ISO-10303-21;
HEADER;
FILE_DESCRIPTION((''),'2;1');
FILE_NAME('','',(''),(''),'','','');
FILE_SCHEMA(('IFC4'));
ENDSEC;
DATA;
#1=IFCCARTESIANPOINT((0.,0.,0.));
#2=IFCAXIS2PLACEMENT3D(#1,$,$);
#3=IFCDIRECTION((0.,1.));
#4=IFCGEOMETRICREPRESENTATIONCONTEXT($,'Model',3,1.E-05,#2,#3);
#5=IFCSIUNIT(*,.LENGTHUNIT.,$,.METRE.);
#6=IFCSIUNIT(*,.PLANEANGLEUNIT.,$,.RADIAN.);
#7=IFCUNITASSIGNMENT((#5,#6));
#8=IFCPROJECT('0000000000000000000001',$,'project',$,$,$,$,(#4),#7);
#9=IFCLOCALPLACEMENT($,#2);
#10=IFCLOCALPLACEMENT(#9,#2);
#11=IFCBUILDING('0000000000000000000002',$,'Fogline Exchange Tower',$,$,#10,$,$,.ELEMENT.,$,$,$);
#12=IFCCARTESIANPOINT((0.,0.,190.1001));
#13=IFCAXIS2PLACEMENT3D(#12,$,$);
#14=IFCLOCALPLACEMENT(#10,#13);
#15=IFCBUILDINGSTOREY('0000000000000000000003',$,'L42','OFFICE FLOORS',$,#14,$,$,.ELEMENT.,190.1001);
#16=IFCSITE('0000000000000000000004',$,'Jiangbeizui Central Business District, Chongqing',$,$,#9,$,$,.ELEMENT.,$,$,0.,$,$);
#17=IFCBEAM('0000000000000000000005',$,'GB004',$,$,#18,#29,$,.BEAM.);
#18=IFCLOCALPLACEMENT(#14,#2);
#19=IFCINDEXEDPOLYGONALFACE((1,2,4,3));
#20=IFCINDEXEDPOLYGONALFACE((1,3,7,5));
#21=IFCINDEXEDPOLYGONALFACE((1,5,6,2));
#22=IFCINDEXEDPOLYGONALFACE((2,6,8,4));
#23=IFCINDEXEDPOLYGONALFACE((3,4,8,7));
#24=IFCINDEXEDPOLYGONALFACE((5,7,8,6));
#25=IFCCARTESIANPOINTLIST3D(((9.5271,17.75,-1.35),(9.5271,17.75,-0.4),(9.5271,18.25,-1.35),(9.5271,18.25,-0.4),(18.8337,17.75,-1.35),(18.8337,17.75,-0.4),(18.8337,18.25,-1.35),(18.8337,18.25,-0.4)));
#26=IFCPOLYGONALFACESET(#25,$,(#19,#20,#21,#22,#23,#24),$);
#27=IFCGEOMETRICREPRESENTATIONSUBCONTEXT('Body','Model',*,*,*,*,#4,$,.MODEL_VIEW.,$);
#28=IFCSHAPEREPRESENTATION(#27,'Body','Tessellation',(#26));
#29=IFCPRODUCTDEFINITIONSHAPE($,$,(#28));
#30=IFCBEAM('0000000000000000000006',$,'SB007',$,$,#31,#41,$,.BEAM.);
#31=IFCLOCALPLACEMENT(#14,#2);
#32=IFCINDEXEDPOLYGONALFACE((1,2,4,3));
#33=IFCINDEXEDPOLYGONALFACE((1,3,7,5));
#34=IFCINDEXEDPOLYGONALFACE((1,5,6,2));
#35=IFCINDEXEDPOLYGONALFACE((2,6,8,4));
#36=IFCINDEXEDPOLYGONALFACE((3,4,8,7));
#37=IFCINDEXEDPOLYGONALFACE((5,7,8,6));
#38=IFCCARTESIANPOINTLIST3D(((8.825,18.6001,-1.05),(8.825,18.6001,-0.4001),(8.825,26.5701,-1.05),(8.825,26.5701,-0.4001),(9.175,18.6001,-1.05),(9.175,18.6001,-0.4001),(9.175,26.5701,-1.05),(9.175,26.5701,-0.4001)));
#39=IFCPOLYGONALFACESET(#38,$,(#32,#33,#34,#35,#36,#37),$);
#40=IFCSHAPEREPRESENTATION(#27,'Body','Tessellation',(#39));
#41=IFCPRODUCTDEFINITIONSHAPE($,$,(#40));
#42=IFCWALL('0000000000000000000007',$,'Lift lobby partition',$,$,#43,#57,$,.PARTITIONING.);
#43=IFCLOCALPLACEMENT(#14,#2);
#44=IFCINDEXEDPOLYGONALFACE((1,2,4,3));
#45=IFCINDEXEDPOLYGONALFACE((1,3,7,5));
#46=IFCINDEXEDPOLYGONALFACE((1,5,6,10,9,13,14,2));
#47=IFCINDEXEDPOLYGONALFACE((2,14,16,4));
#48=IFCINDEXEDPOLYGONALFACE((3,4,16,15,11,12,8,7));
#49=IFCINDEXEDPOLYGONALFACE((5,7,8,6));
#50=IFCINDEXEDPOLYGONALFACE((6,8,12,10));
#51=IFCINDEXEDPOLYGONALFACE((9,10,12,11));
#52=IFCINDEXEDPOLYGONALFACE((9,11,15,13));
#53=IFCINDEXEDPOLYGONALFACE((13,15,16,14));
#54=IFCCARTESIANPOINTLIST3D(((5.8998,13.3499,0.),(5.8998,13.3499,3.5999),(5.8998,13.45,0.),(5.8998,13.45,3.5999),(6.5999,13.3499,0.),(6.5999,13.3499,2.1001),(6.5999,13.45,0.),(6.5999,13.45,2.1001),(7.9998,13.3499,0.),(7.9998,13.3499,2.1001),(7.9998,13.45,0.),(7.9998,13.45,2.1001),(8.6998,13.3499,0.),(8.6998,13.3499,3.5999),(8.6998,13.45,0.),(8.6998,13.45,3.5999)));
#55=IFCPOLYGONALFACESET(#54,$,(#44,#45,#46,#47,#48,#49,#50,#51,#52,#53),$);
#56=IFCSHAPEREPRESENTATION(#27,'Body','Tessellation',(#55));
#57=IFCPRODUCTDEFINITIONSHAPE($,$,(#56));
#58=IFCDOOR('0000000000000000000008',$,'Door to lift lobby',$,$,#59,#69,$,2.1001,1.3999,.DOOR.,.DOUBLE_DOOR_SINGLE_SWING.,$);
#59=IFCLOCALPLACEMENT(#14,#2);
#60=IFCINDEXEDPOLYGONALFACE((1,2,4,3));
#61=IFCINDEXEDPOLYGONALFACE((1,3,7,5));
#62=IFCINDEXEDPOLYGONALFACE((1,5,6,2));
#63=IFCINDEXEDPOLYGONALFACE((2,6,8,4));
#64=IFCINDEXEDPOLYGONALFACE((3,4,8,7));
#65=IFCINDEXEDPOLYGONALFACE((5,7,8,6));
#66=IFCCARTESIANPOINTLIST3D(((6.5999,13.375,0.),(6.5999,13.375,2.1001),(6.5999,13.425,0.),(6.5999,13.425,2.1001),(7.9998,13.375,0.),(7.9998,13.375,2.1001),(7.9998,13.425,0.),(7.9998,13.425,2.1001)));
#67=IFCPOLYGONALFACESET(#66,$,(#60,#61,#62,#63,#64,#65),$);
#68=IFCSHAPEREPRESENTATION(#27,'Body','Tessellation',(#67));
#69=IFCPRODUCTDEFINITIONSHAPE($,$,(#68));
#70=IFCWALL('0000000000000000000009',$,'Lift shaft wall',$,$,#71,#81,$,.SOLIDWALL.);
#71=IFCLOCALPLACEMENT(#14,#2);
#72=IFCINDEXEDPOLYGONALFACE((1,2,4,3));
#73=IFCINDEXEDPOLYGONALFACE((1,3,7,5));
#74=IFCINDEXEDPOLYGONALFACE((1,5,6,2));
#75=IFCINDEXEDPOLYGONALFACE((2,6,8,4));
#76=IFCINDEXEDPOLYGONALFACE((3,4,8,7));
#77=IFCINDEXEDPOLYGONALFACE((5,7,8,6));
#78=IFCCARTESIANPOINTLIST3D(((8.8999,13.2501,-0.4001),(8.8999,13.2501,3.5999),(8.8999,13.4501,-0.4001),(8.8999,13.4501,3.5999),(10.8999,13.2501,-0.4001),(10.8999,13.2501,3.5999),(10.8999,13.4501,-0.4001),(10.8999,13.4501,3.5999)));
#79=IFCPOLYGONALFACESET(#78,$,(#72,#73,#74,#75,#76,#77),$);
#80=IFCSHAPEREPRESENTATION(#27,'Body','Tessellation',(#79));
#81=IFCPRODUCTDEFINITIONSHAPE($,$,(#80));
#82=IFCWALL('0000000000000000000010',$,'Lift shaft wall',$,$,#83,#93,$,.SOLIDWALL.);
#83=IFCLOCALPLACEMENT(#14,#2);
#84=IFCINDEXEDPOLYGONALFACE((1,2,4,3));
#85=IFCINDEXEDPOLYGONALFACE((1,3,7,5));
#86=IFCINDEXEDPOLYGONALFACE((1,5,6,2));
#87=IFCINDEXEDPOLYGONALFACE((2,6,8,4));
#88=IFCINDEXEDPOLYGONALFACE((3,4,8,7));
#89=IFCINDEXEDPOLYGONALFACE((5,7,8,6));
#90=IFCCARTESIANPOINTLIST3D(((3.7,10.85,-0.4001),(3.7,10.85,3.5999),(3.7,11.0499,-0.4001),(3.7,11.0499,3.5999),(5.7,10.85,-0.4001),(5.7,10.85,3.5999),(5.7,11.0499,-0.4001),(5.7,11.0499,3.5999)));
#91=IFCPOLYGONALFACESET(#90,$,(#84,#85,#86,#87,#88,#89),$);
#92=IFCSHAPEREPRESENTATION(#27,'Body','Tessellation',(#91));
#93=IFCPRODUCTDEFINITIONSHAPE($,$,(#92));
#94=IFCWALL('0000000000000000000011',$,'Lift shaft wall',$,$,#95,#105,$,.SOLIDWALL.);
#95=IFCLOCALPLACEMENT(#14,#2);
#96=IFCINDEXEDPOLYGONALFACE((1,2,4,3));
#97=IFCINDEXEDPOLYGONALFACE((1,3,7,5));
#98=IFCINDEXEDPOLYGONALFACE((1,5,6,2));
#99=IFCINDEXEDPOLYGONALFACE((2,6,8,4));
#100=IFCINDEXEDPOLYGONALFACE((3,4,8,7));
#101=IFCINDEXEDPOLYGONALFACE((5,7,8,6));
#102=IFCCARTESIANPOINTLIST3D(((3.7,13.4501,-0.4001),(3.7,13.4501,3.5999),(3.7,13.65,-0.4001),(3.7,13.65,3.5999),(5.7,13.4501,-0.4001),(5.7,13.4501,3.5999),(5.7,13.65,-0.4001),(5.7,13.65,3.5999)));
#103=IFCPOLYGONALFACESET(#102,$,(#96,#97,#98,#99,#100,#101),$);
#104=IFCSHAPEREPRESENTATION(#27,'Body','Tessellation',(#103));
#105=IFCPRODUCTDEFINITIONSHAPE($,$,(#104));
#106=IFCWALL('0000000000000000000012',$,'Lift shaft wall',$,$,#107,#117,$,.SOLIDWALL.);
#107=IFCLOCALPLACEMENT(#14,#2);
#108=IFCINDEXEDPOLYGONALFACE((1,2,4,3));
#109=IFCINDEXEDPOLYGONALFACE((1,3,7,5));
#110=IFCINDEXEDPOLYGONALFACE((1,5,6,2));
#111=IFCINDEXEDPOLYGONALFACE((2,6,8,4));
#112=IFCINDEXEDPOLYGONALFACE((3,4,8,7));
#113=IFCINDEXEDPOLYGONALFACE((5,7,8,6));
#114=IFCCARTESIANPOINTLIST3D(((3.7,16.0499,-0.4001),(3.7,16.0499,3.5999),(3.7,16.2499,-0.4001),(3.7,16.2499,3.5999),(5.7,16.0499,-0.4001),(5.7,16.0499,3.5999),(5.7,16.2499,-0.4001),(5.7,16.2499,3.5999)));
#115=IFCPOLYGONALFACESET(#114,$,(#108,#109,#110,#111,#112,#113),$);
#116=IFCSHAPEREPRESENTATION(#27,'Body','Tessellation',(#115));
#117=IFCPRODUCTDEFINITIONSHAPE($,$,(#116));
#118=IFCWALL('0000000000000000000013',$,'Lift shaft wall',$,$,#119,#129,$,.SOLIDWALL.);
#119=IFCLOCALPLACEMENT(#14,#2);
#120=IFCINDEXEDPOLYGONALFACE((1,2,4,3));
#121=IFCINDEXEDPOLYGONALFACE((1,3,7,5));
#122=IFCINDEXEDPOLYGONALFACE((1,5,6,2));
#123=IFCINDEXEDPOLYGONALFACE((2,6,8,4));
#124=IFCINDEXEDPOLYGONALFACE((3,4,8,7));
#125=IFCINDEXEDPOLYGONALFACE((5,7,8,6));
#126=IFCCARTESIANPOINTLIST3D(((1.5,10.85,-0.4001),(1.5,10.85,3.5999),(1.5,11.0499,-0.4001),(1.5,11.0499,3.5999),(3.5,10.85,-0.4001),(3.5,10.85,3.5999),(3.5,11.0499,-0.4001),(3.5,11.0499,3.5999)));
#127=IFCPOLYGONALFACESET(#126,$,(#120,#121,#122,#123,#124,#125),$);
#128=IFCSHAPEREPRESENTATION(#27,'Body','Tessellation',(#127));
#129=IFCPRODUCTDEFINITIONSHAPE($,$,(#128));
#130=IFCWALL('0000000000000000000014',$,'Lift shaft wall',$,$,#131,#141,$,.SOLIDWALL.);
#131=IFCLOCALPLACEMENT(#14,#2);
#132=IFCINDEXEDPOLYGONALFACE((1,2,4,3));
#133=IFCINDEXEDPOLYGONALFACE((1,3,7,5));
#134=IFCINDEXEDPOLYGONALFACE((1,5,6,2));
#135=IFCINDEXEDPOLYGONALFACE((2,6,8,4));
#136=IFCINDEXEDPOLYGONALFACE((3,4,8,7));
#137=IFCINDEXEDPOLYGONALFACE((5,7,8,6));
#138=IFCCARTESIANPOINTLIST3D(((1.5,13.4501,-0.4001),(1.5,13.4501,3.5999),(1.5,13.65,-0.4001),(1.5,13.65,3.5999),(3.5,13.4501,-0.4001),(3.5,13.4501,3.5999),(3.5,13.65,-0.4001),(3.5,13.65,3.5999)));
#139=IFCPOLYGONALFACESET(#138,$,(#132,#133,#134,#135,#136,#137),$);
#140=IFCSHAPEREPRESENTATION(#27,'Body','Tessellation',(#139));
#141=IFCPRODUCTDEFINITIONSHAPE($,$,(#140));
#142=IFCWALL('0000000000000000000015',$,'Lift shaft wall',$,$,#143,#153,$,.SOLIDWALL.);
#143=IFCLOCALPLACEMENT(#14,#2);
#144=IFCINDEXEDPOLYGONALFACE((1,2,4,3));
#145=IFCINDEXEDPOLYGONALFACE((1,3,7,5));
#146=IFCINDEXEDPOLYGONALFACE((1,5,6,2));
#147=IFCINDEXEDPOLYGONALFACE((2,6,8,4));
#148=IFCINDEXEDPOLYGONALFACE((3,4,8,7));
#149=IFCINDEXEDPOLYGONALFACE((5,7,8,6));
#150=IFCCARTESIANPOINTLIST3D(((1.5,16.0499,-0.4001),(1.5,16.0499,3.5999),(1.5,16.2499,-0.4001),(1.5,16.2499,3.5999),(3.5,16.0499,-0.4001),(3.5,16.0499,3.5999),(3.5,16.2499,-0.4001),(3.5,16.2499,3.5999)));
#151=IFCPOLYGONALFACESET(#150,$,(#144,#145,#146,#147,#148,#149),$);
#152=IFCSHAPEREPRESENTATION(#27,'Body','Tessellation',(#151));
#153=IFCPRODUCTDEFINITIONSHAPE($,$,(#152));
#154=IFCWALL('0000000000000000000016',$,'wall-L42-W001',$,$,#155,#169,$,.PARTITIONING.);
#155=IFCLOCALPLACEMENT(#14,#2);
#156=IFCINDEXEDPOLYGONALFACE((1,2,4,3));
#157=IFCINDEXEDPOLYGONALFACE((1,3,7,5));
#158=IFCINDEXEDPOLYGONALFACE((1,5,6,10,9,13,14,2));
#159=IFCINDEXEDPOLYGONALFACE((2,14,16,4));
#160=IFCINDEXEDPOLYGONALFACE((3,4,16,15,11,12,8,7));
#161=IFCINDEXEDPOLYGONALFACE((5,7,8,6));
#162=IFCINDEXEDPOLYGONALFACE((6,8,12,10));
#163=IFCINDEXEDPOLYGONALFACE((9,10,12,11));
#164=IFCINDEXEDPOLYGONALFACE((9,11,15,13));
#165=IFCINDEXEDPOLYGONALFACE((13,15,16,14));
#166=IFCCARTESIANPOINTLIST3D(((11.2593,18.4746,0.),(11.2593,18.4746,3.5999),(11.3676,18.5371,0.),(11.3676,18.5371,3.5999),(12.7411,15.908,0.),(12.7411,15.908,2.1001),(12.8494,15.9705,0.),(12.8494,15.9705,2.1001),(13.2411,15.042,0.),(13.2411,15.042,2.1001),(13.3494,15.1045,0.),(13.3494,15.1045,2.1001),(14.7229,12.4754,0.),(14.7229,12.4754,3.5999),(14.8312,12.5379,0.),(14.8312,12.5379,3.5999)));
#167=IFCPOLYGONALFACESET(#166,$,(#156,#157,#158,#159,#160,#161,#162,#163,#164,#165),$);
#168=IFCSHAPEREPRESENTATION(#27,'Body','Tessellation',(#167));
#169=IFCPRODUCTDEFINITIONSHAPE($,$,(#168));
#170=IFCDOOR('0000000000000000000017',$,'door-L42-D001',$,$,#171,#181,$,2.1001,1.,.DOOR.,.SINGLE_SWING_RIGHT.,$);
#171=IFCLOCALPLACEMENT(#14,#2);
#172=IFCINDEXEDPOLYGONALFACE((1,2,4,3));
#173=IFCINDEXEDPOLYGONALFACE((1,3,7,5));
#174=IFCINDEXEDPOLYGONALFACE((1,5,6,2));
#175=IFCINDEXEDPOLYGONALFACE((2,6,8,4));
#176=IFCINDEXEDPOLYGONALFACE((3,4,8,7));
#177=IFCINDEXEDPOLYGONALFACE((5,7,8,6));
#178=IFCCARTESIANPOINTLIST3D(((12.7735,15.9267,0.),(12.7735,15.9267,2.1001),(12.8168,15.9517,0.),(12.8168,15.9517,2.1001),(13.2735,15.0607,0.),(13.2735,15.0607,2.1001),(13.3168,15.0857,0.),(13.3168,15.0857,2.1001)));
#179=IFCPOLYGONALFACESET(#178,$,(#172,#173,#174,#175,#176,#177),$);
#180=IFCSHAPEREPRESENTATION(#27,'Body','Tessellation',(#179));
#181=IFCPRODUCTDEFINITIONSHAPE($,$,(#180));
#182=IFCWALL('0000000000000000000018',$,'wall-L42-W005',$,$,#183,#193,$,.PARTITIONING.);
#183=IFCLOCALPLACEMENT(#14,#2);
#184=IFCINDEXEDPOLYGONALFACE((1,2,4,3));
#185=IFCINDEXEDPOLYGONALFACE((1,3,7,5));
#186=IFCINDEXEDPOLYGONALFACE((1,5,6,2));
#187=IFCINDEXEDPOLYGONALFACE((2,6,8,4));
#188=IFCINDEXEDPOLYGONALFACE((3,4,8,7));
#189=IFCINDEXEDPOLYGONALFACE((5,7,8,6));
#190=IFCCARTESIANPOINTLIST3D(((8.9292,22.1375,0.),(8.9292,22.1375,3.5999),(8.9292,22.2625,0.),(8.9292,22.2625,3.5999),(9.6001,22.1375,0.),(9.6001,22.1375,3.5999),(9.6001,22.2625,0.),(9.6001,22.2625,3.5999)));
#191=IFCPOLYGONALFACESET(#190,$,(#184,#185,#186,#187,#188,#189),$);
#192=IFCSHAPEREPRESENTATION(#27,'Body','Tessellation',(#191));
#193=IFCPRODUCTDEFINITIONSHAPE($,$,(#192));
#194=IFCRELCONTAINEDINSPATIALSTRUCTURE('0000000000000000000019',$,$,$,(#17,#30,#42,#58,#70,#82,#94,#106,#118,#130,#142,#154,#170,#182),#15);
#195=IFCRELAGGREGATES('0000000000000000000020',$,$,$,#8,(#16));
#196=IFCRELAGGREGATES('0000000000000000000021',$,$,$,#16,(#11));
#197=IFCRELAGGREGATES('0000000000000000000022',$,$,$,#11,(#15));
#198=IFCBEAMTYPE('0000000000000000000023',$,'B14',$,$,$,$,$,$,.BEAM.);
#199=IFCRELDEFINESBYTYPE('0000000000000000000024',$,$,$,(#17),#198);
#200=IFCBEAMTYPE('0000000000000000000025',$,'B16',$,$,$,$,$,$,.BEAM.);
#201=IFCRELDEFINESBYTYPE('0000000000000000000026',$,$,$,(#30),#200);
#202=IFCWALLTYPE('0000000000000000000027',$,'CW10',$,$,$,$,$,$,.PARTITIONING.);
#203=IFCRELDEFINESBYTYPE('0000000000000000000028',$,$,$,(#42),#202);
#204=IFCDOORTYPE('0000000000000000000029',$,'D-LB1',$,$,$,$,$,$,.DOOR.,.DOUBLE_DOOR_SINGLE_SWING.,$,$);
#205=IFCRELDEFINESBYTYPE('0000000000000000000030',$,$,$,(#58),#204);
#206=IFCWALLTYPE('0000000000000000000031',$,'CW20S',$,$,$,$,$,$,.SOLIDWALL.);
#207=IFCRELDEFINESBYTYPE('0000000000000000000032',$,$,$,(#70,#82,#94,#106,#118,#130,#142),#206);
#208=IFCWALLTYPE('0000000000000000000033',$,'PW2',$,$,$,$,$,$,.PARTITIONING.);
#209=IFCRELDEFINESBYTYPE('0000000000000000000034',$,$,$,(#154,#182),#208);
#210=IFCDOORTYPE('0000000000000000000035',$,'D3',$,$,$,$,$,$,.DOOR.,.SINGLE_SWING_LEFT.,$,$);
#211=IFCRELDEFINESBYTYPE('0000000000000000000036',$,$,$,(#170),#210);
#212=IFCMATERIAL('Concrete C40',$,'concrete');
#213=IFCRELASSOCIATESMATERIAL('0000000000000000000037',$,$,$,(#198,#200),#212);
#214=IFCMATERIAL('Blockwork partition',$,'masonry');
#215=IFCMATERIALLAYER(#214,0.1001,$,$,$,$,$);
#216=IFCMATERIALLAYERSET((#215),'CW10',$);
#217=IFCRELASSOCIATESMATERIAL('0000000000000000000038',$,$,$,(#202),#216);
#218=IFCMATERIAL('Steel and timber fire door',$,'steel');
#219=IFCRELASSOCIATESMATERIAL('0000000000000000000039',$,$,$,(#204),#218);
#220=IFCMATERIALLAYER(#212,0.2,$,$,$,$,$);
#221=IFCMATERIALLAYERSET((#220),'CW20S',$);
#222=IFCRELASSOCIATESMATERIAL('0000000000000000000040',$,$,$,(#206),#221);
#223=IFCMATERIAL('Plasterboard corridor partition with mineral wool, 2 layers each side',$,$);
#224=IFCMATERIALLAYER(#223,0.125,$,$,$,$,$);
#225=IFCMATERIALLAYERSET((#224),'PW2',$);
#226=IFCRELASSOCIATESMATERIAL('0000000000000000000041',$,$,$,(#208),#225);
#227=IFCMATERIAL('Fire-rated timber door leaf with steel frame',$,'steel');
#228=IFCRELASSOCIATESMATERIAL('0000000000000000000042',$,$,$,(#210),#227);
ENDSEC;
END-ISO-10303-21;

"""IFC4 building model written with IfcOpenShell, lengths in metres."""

from ifc_helpers import new_model, si_unit, direction, frame, frame_2d, origin, origin_2d, place, context, subcontext, project, spatial, rectangle, extrude, material, layer, layer_set, material_profile, profile_set, type_object, element, fill, save


model = new_model("IFC4")

# Units and contexts
model_context = context("Model", 3, precision=1e-05, world=origin(), true_north=direction((0.0, 1.0)))
body_context = subcontext(model_context, "Body", "Model", "MODEL_VIEW")
ifc_project = project(units=[si_unit("LENGTHUNIT", "METRE"), si_unit("PLANEANGLEUNIT", "RADIAN")], contexts=[model_context])

# Site, building, storey
site_placement = place(None, origin())
site = spatial("IfcSite", under=ifc_project, at=site_placement, Name="Jiangbeizui Central Business District, Chongqing", CompositionType="ELEMENT", RefElevation=0.0)
building_placement = place(site_placement, origin())
building = spatial("IfcBuilding", under=site, at=building_placement, Name="Fogline Exchange Tower", CompositionType="ELEMENT")
storey_placement = place(building_placement, frame((0.0, 0.0, 190.1001)))
storey = spatial("IfcBuildingStorey", under=building, at=storey_placement, Name="L42", Description="OFFICE FLOORS", CompositionType="ELEMENT", Elevation=190.1001)

# Beams
ifc_material_1 = material(Name="Concrete C40", Category="concrete")
ifc_material_profile_1 = material_profile(ifc_material_1, rectangle(XDim=0.5, YDim=0.95, at=origin_2d()), Name="RC 500x950")
ifc_profile_set_1 = profile_set([ifc_material_profile_1], Name="Concrete C40")
beam_type_1 = type_object("IfcBeamType", Name="B14", PredefinedType="BEAM", material=ifc_profile_set_1)
beam_1_placement = place(storey_placement, frame((9.5271, 18.0, -0.875), z_axis=(1.0, 0.0, 0.0), x_axis=(0.0, 1.0, 0.0)))
element("IfcBeam", 1, at=beam_1_placement, inside=storey, type_object=beam_type_1, Name="GB004", PredefinedType="BEAM", context=body_context, shape_type="SweptSolid", body=[
    extrude(rectangle(XDim=0.5, YDim=0.95, at=origin_2d()), origin(), (0.0, 0.0, 1.0), 9.3066),
])
ifc_material_profile_2 = material_profile(ifc_material_1, rectangle(XDim=0.3501, YDim=0.6499, at=origin_2d()), Name="RC 350x650")
ifc_profile_set_2 = profile_set([ifc_material_profile_2], Name="Concrete C40")
beam_type_2 = type_object("IfcBeamType", Name="B16", PredefinedType="BEAM", material=ifc_profile_set_2)
beam_2_placement = place(storey_placement, frame((9.0, 18.6001, -0.7251), z_axis=(0.0, 1.0, 0.0), x_axis=(-1.0, 0.0, 0.0)))
element("IfcBeam", 2, at=beam_2_placement, inside=storey, type_object=beam_type_2, Name="SB007", PredefinedType="BEAM", context=body_context, shape_type="SweptSolid", body=[
    extrude(rectangle(XDim=0.3501, YDim=0.6499, at=origin_2d()), origin(), (0.0, 0.0, 1.0), 7.97),
])

# Wall, opening, door
ifc_material_2 = material(Name="Blockwork partition", Category="masonry")
ifc_layer_1 = layer(ifc_material_2, 0.1001)
ifc_layer_set_1 = layer_set([ifc_layer_1], Name="CW10")
wall_type_1 = type_object("IfcWallType", Name="CW10", PredefinedType="PARTITIONING", material=ifc_layer_set_1)
wall_1_placement = place(storey_placement, frame((5.8999, 13.3999, 0.0), z_axis=(0.0, 0.0, 1.0), x_axis=(1.0, 0.0, 0.0)))
wall_1 = element("IfcWall", 3, at=wall_1_placement, inside=storey, type_object=wall_type_1, Name="Lift lobby partition", PredefinedType="PARTITIONING", context=body_context, shape_type="SweptSolid", body=[
    extrude(rectangle(XDim=2.8, YDim=0.1001, at=frame_2d((1.3999, 0.0))), origin(), (0.0, 0.0, 1.0), 3.5999),
])
opening_1_placement = place(wall_1_placement, frame((0.7, 0.0, 0.0)))
opening_1 = element("IfcOpeningElement", 4, at=opening_1_placement, cuts=wall_1, PredefinedType="OPENING", context=body_context, shape_type="SweptSolid", body=[
    extrude(rectangle(XDim=1.3999, YDim=2.1001, at=frame_2d((0.7, 1.05))), frame((0.0, 0.0601, 0.0), z_axis=(0.0, -1.0, 0.0), x_axis=(1.0, 0.0, 0.0)), (0.0, 0.0, 1.0), 0.1201),
])
ifc_material_3 = material(Name="Steel and timber fire door", Category="steel")
door_type_1 = type_object("IfcDoorType", Name="D-LB1", OperationType="DOUBLE_DOOR_SINGLE_SWING", PredefinedType="DOOR", material=ifc_material_3)
door_1_placement = place(opening_1_placement, frame((1.3999, 0.0, 0.0), z_axis=(0.0, 0.0, 1.0), x_axis=(-1.0, 0.0, 0.0)))
door_1 = element("IfcDoor", 5, at=door_1_placement, inside=storey, type_object=door_type_1, Name="Door to lift lobby", OperationType="DOUBLE_DOOR_SINGLE_SWING", OverallHeight=2.1001, OverallWidth=1.3999, PredefinedType="DOOR", context=body_context, shape_type="SweptSolid", body=[
    extrude(rectangle(XDim=1.3999, YDim=2.1001, at=frame_2d((0.7, 1.05))), frame((0.0, 0.0249, 0.0), z_axis=(0.0, -1.0, 0.0), x_axis=(1.0, 0.0, 0.0)), (0.0, 0.0, 1.0), 0.05),
])
fill(opening_1, door_1)

# Walls
ifc_layer_2 = layer(ifc_material_1, 0.2)
ifc_layer_set_2 = layer_set([ifc_layer_2], Name="CW20S")
wall_type_2 = type_object("IfcWallType", Name="CW20S", PredefinedType="SOLIDWALL", material=ifc_layer_set_2)
for number, where, z_axis, x_axis, name in (
    (6, (8.8999, 13.3501, -0.4001), (0.0, 0.0, 1.0), (1.0, 0.0, 0.0), "Lift shaft wall"),
    (7, (3.7, 10.95, -0.4001), (0.0, 0.0, 1.0), (1.0, 0.0, 0.0), "Lift shaft wall"),
    (8, (3.7, 13.55, -0.4001), (0.0, 0.0, 1.0), (1.0, 0.0, 0.0), "Lift shaft wall"),
    (9, (3.7, 16.1499, -0.4001), (0.0, 0.0, 1.0), (1.0, 0.0, 0.0), "Lift shaft wall"),
    (10, (1.5, 10.95, -0.4001), (0.0, 0.0, 1.0), (1.0, 0.0, 0.0), "Lift shaft wall"),
    (11, (1.5, 13.55, -0.4001), (0.0, 0.0, 1.0), (1.0, 0.0, 0.0), "Lift shaft wall"),
    (12, (1.5, 16.1499, -0.4001), (0.0, 0.0, 1.0), (1.0, 0.0, 0.0), "Lift shaft wall"),
):
    element("IfcWall", number, at=place(storey_placement, frame(where, z_axis=z_axis, x_axis=x_axis)), inside=storey, type_object=wall_type_2, Name=name, PredefinedType="SOLIDWALL", context=body_context, shape_type="SweptSolid", body=[
        extrude(rectangle(XDim=2.0, YDim=0.2, at=frame_2d((1.0, 0.0))), origin(), (0.0, 0.0, 1.0), 4.0),
    ])

# Wall, opening, door
ifc_material_4 = material(Name="Plasterboard corridor partition with mineral wool, 2 layers each side")
ifc_layer_3 = layer(ifc_material_4, 0.125)
ifc_layer_set_3 = layer_set([ifc_layer_3], Name="PW2")
wall_type_3 = type_object("IfcWallType", Name="PW2", PredefinedType="PARTITIONING", material=ifc_layer_set_3)
wall_2_placement = place(storey_placement, frame((11.3135, 18.5059, 0.0), z_axis=(0.0, 0.0, 1.0), x_axis=(0.499994, -0.866029, 0.0)))
wall_2 = element("IfcWall", 13, at=wall_2_placement, inside=storey, type_object=wall_type_3, Name="wall-L42-W001", PredefinedType="PARTITIONING", context=body_context, shape_type="SweptSolid", body=[
    extrude(rectangle(XDim=6.9272, YDim=0.125, at=frame_2d((3.4636, 0.0))), origin(), (0.0, 0.0, 1.0), 3.5999),
])
opening_2_placement = place(wall_2_placement, frame((2.9636, 0.0, 0.0)))
opening_2 = element("IfcOpeningElement", 14, at=opening_2_placement, cuts=wall_2, PredefinedType="OPENING", context=body_context, shape_type="SweptSolid", body=[
    extrude(rectangle(XDim=1.0, YDim=2.1001, at=frame_2d((0.5, 1.05))), frame((0.0, 0.0725, 0.0), z_axis=(0.0, -1.0, 0.0), x_axis=(1.0, 0.0, 0.0)), (0.0, 0.0, 1.0), 0.145),
])
ifc_material_5 = material(Name="Fire-rated timber door leaf with steel frame", Category="steel")
door_type_2 = type_object("IfcDoorType", Name="D3", OperationType="SINGLE_SWING_LEFT", PredefinedType="DOOR", material=ifc_material_5)
door_2_placement = place(opening_2_placement, origin())
door_2 = element("IfcDoor", 15, at=door_2_placement, inside=storey, type_object=door_type_2, Name="door-L42-D001", OperationType="SINGLE_SWING_RIGHT", OverallHeight=2.1001, OverallWidth=1.0, PredefinedType="DOOR", context=body_context, shape_type="SweptSolid", body=[
    extrude(rectangle(XDim=1.0, YDim=2.1001, at=frame_2d((0.5, 1.05))), frame((0.0, 0.0249, 0.0), z_axis=(0.0, -1.0, 0.0), x_axis=(1.0, 0.0, 0.0)), (0.0, 0.0, 1.0), 0.05),
])
fill(opening_2, door_2)

# Wall
wall_3_placement = place(storey_placement, frame((8.9292, 22.2, 0.0), z_axis=(0.0, 0.0, 1.0), x_axis=(1.0, 0.0, 0.0)))
element("IfcWall", 16, at=wall_3_placement, inside=storey, type_object=wall_type_3, Name="wall-L42-W005", PredefinedType="PARTITIONING", context=body_context, shape_type="SweptSolid", body=[
    extrude(rectangle(XDim=0.6709, YDim=0.125, at=frame_2d((0.3354, 0.0))), origin(), (0.0, 0.0, 1.0), 3.5999),
])

save(model, "model.ifc")
